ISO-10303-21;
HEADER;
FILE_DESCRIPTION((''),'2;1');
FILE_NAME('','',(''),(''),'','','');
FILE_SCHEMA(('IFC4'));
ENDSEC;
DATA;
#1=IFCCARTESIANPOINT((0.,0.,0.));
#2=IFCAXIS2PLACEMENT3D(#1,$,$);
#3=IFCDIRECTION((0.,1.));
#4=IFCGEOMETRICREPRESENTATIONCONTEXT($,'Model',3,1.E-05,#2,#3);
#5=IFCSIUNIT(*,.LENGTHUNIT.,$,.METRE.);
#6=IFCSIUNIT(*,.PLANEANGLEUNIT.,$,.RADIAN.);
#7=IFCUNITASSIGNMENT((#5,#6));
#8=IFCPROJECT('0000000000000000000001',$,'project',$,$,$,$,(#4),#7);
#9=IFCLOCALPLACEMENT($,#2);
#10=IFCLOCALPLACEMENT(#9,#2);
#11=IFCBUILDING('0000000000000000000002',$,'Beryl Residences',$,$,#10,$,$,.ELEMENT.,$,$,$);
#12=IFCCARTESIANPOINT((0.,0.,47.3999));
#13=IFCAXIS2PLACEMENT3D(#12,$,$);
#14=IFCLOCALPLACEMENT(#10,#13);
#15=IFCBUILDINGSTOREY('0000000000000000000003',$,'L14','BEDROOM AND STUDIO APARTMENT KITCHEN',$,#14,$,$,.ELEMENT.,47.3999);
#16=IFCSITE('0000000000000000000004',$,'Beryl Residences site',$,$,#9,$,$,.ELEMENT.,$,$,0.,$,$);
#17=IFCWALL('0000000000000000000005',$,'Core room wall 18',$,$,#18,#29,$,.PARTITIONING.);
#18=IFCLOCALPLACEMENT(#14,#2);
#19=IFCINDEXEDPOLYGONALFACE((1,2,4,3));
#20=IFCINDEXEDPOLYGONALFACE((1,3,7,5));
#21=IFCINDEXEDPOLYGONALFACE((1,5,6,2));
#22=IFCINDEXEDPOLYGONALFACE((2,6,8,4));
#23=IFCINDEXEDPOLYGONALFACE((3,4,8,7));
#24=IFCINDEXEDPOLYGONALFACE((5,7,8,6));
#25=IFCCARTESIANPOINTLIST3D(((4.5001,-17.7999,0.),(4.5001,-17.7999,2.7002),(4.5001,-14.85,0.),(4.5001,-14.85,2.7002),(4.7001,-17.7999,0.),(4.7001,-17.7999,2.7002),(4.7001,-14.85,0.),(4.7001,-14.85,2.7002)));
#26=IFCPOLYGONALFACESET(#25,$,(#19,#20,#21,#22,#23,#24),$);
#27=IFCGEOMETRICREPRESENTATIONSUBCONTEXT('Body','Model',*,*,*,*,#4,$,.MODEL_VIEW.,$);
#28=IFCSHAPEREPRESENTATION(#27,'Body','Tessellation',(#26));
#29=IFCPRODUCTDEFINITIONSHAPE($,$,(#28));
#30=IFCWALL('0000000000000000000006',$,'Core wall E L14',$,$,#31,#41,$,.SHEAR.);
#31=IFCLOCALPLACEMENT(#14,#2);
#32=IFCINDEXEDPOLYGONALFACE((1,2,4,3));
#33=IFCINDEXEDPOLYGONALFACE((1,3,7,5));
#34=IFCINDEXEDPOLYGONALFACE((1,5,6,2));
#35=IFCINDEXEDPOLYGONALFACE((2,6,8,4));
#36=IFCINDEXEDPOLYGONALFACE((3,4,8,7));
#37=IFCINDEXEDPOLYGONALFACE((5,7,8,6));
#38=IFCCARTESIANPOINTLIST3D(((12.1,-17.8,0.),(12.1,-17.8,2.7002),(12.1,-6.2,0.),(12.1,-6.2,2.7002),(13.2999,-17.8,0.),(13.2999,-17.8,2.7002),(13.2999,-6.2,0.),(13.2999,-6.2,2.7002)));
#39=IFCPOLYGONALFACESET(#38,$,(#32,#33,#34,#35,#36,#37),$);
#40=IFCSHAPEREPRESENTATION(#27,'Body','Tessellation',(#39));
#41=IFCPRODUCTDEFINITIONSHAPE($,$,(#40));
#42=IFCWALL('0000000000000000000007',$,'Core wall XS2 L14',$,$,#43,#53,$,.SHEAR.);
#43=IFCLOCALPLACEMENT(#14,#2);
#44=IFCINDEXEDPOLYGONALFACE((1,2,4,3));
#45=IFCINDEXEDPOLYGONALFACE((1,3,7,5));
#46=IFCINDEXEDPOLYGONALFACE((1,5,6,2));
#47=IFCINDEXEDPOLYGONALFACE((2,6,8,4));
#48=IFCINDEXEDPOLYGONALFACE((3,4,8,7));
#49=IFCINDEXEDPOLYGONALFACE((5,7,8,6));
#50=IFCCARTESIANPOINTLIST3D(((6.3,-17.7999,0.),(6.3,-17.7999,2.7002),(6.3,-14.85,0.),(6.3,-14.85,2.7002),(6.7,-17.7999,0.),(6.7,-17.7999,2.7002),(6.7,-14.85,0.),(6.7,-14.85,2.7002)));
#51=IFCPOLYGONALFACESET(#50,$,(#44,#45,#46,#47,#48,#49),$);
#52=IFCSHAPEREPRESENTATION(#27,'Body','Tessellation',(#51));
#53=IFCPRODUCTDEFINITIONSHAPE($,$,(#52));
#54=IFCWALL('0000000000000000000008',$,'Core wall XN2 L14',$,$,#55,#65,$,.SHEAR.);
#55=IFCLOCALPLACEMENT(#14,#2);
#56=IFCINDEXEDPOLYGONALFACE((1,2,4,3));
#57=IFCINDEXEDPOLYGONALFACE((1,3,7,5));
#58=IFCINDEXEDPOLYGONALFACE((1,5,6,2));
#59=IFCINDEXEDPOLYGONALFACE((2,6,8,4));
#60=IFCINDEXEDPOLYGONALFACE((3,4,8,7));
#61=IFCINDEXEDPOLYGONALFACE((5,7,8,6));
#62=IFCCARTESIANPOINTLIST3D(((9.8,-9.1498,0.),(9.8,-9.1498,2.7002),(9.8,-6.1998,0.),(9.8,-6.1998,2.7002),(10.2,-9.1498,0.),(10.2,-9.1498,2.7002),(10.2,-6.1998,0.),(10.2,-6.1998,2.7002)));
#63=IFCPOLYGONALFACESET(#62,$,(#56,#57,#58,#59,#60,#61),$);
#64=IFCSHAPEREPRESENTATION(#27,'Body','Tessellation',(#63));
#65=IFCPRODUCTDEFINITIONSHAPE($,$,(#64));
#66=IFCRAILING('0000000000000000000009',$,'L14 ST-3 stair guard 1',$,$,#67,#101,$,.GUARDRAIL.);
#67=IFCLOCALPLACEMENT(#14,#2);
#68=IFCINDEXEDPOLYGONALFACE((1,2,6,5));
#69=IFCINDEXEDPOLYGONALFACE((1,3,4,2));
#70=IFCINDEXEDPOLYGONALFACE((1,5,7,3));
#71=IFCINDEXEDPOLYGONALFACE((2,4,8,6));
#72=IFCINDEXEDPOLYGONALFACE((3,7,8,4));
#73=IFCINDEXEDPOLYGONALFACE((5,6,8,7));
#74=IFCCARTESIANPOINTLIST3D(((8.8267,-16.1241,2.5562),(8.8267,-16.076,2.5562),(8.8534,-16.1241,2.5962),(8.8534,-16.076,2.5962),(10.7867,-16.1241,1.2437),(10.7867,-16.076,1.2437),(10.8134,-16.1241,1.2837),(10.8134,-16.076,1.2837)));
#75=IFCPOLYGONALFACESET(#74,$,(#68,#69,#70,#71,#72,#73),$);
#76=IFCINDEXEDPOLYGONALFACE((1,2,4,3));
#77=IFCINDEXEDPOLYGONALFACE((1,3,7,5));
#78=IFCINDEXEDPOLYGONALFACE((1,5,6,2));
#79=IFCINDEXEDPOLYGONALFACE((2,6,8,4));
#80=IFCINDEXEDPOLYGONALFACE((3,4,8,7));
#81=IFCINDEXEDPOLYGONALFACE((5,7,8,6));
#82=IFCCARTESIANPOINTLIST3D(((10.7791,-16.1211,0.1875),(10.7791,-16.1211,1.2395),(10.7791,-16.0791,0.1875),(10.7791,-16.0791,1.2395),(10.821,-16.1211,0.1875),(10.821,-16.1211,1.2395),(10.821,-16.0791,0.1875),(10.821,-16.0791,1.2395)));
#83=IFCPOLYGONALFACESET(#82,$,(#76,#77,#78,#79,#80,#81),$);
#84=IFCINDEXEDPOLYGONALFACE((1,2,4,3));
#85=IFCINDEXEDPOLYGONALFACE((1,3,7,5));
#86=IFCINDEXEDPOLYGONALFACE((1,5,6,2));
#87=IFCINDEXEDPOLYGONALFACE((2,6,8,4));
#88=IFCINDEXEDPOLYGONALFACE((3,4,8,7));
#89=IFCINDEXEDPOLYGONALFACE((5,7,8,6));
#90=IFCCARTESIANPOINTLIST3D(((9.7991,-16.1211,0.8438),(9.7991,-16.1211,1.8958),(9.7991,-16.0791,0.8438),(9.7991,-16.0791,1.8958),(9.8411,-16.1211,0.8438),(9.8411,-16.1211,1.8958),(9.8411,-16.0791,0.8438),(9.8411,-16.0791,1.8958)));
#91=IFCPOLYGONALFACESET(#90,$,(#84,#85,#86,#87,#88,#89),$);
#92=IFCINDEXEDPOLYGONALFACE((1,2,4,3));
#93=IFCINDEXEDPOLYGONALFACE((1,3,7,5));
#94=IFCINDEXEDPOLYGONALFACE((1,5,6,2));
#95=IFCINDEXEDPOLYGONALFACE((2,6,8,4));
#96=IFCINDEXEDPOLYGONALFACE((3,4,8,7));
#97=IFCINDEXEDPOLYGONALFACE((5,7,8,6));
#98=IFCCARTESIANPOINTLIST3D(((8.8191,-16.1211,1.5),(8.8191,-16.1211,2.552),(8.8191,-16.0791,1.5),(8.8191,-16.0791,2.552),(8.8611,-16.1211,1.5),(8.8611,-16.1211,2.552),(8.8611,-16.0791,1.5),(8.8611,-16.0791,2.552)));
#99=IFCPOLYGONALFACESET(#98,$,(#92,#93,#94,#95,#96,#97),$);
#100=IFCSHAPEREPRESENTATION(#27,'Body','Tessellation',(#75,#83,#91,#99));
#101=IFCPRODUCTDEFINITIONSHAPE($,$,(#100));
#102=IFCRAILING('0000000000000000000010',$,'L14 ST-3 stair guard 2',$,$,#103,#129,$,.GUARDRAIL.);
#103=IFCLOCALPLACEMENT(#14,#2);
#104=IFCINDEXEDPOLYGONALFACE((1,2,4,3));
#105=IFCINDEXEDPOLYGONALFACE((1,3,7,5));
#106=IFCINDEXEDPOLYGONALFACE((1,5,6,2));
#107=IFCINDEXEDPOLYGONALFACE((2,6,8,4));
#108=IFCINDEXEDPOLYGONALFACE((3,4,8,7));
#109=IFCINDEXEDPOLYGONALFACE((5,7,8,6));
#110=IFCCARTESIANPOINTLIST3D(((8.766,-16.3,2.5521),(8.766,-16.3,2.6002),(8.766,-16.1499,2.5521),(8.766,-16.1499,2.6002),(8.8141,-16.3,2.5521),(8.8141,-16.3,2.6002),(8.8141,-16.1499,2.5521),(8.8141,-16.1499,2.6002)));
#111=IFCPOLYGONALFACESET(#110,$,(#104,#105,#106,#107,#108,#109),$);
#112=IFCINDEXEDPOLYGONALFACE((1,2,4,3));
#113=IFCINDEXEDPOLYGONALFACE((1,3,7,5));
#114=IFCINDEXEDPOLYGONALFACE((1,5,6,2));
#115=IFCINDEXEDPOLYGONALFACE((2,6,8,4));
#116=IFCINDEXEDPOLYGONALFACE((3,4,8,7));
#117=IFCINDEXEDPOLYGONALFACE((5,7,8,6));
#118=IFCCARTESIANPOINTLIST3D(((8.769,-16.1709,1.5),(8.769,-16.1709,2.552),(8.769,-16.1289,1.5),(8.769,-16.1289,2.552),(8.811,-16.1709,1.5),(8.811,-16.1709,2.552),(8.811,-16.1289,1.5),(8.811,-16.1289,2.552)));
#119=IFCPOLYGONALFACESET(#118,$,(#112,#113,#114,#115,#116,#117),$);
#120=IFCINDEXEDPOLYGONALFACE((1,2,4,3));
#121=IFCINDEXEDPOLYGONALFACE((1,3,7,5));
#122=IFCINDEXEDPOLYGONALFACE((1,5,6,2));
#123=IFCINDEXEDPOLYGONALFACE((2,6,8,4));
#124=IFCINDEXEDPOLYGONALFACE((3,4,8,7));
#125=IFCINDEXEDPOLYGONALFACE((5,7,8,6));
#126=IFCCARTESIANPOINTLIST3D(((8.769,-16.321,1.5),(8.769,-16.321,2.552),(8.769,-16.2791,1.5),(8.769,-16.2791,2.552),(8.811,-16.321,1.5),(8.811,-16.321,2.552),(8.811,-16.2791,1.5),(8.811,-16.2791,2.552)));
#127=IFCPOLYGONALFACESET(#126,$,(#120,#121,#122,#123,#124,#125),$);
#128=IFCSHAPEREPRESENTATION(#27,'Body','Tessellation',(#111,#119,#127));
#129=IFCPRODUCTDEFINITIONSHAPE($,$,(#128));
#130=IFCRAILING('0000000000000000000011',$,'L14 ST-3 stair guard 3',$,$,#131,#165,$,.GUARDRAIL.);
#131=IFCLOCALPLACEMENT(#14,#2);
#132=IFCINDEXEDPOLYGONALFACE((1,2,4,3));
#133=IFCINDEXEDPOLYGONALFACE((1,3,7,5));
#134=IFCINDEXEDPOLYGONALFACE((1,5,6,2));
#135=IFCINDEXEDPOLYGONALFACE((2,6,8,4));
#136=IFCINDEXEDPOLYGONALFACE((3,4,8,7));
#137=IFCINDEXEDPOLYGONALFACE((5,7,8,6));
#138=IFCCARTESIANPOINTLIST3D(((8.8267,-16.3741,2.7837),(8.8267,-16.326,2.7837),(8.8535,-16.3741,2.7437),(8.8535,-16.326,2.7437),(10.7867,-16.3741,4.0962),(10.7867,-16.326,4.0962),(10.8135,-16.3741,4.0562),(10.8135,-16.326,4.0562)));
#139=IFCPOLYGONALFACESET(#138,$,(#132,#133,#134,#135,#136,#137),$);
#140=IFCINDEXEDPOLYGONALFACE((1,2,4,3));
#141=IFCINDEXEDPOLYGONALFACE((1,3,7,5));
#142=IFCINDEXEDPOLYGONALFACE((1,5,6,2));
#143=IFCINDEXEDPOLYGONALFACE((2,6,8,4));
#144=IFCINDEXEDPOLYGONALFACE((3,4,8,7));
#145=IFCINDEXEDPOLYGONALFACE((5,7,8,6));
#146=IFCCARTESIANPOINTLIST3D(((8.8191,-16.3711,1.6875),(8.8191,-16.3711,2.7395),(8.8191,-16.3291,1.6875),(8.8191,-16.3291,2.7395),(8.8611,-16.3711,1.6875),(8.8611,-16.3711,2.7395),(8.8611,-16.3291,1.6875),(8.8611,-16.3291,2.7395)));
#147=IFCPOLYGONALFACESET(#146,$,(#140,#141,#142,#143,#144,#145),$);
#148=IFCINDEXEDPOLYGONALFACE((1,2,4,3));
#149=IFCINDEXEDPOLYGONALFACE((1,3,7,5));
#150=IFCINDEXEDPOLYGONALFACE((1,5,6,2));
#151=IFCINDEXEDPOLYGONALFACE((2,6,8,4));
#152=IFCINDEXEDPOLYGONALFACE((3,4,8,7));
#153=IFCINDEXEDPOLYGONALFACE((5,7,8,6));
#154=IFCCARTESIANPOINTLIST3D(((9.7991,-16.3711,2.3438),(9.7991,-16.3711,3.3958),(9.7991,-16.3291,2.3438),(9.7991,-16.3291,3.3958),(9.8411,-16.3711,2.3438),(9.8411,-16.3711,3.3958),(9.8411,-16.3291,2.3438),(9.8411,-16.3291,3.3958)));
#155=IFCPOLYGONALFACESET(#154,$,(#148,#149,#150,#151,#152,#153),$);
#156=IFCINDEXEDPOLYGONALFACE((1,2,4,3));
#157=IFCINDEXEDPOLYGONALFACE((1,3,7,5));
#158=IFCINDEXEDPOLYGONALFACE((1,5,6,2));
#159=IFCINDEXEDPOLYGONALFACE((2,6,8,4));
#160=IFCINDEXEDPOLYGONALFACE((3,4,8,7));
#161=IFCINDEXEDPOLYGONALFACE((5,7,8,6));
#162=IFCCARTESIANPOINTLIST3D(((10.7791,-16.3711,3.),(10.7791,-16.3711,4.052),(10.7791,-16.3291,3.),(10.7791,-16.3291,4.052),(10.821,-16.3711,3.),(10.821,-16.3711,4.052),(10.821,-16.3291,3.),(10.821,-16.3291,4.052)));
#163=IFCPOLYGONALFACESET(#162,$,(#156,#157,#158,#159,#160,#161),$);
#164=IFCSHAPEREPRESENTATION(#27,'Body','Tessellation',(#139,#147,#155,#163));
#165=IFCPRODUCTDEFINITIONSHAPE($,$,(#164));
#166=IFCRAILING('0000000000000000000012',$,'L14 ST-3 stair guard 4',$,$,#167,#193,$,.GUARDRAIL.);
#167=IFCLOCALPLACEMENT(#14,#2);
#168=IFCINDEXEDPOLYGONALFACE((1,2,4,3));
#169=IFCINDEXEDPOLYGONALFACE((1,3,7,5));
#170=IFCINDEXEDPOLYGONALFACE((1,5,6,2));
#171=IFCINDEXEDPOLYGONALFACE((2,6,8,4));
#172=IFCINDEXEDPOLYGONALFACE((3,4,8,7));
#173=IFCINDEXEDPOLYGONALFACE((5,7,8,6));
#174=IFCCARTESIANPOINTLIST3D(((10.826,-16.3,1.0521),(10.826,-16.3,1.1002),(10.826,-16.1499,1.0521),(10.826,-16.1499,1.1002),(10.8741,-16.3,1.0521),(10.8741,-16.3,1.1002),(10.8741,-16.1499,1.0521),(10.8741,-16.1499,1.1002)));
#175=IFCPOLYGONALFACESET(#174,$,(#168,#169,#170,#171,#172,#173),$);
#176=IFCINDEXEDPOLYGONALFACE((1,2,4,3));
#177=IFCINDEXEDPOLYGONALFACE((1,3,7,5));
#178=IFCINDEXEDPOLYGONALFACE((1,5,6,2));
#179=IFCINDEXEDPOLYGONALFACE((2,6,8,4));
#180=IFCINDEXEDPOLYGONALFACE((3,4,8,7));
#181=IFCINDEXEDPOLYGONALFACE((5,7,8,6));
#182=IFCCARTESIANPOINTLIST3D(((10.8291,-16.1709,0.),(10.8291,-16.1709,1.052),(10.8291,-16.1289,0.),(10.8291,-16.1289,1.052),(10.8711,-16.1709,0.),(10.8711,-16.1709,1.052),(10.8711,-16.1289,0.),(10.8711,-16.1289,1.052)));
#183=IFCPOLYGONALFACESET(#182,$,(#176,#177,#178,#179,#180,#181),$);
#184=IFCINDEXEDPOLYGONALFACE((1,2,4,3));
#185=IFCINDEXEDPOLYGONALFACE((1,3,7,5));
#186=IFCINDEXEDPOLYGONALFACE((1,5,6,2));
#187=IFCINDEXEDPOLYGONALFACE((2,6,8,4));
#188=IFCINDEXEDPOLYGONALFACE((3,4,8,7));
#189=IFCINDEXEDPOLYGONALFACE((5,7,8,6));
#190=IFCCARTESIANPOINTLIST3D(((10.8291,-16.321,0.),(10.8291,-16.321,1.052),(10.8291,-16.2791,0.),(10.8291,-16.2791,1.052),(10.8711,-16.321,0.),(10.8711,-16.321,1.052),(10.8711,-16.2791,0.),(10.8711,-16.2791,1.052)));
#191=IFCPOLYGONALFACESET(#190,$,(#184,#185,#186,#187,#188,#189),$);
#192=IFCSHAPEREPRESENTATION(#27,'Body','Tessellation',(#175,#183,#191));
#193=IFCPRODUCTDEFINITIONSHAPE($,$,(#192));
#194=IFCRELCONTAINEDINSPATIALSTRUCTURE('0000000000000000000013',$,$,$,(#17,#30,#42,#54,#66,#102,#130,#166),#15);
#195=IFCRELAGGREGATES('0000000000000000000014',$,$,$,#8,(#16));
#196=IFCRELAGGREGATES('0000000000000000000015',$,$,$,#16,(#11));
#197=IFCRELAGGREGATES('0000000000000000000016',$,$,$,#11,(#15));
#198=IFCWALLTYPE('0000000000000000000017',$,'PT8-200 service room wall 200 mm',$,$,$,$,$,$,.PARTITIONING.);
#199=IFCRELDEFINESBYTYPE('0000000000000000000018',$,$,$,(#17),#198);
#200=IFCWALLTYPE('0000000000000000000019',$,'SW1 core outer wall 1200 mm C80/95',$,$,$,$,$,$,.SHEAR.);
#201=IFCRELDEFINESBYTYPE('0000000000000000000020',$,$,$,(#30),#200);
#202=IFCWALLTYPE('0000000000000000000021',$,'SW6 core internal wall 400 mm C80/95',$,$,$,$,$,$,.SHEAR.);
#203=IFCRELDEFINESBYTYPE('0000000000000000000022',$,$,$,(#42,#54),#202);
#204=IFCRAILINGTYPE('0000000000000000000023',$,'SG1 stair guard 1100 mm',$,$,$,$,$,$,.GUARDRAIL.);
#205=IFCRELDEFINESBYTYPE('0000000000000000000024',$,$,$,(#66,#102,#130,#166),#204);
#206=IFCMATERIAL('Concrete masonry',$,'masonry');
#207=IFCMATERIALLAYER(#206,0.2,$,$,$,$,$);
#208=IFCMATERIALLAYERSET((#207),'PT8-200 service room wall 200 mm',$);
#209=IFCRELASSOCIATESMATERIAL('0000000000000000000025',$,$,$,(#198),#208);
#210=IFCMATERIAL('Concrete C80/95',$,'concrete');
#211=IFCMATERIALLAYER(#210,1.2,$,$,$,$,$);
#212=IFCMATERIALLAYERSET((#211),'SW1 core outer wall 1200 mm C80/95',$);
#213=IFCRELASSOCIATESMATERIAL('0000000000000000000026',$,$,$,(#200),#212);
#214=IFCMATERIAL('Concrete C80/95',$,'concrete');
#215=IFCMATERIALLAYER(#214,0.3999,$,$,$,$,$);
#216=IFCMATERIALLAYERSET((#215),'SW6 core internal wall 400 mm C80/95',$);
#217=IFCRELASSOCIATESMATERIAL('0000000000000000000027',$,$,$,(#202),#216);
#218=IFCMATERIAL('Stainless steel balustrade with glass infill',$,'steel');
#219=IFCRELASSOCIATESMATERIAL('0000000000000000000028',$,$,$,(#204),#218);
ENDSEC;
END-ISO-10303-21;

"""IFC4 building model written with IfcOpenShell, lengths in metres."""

from ifc_helpers import new_model, si_unit, direction, frame, frame_2d, origin, origin_2d, place, context, subcontext, project, spatial, rectangle, extrude, material, layer, layer_set, type_object, element, save


model = new_model("IFC4")

# Units and contexts
model_context = context("Model", 3, precision=1e-05, world=origin(), true_north=direction((0.0, 1.0)))
body_context = subcontext(model_context, "Body", "Model", "MODEL_VIEW")
ifc_project = project(units=[si_unit("LENGTHUNIT", "METRE"), si_unit("PLANEANGLEUNIT", "RADIAN")], contexts=[model_context])

# Site, building, storey
site_placement = place(None, origin())
site = spatial("IfcSite", under=ifc_project, at=site_placement, Name="Beryl Residences site", CompositionType="ELEMENT", RefElevation=0.0)
building_placement = place(site_placement, origin())
building = spatial("IfcBuilding", under=site, at=building_placement, Name="Beryl Residences", CompositionType="ELEMENT")
storey_placement = place(building_placement, frame((0.0, 0.0, 47.3999)))
storey = spatial("IfcBuildingStorey", under=building, at=storey_placement, Name="L14", Description="BEDROOM AND STUDIO APARTMENT KITCHEN", CompositionType="ELEMENT", Elevation=47.3999)

# Walls
ifc_material_1 = material(Name="Concrete masonry", Category="masonry")
ifc_layer_1 = layer(ifc_material_1, 0.2)
ifc_layer_set_1 = layer_set([ifc_layer_1], Name="PT8-200 service room wall 200 mm")
wall_type_1 = type_object("IfcWallType", Name="PT8-200 service room wall 200 mm", PredefinedType="PARTITIONING", material=ifc_layer_set_1)
wall_1_placement = place(storey_placement, frame((4.6001, -17.8, 0.0), z_axis=(0.0, 0.0, 1.0), x_axis=(0.0, 1.0, 0.0)))
element("IfcWall", 1, at=wall_1_placement, inside=storey, type_object=wall_type_1, Name="Core room wall 18", PredefinedType="PARTITIONING", context=body_context, shape_type="SweptSolid", body=[
    extrude(rectangle(XDim=2.95, YDim=0.2, at=frame_2d((1.4751, 0.0))), origin(), (0.0, 0.0, 1.0), 2.7002),
])
ifc_material_2 = material(Name="Concrete C80/95", Category="concrete")
ifc_layer_2 = layer(ifc_material_2, 1.2)
ifc_layer_set_2 = layer_set([ifc_layer_2], Name="SW1 core outer wall 1200 mm C80/95")
wall_type_2 = type_object("IfcWallType", Name="SW1 core outer wall 1200 mm C80/95", PredefinedType="SHEAR", material=ifc_layer_set_2)
wall_2_placement = place(storey_placement, frame((12.7, -17.8, 0.0), z_axis=(0.0, 0.0, 1.0), x_axis=(0.0, 1.0, 0.0)))
element("IfcWall", 2, at=wall_2_placement, inside=storey, type_object=wall_type_2, Name="Core wall E L14", PredefinedType="SHEAR", context=body_context, shape_type="SweptSolid", body=[
    extrude(rectangle(XDim=11.6001, YDim=1.2, at=frame_2d((5.8, 0.0))), origin(), (0.0, 0.0, 1.0), 2.7002),
])
ifc_material_3 = material(Name="Concrete C80/95", Category="concrete")
ifc_layer_3 = layer(ifc_material_3, 0.3999)
ifc_layer_set_3 = layer_set([ifc_layer_3], Name="SW6 core internal wall 400 mm C80/95")
wall_type_3 = type_object("IfcWallType", Name="SW6 core internal wall 400 mm C80/95", PredefinedType="SHEAR", material=ifc_layer_set_3)
for number, where, z_axis, x_axis, name in (
    (3, (6.5, -17.8, 0.0), (0.0, 0.0, 1.0), (0.0, 1.0, 0.0), "Core wall XS2 L14"),
    (4, (10.0, -9.1499, 0.0), (0.0, 0.0, 1.0), (0.0, 1.0, 0.0), "Core wall XN2 L14"),
):
    element("IfcWall", number, at=place(storey_placement, frame(where, z_axis=z_axis, x_axis=x_axis)), inside=storey, type_object=wall_type_3, Name=name, PredefinedType="SHEAR", context=body_context, shape_type="SweptSolid", body=[
        extrude(rectangle(XDim=2.95, YDim=0.3999, at=frame_2d((1.4751, 0.0))), origin(), (0.0, 0.0, 1.0), 2.7002),
    ])

# Railings
ifc_material_4 = material(Name="Stainless steel balustrade with glass infill", Category="steel")
railing_type_1 = type_object("IfcRailingType", Name="SG1 stair guard 1100 mm", PredefinedType="GUARDRAIL", material=ifc_material_4)
railing_1_placement = place(storey_placement, frame((10.8, -16.1001, 0.1875)))
element("IfcRailing", 5, at=railing_1_placement, inside=storey, type_object=railing_type_1, Name="L14 ST-3 stair guard 1", PredefinedType="GUARDRAIL", context=body_context, shape_type="SweptSolid", body=[
    extrude(rectangle(XDim=0.0481, YDim=0.0481, at=origin_2d()), frame((0.0, 0.0, 1.0762), z_axis=(-0.830902, 0.0, 0.556419), x_axis=(0.0, -1.0, 0.0)), (0.0, 0.0, 1.0), 2.3589),
    extrude(rectangle(XDim=0.042, YDim=0.042, at=origin_2d()), origin(), (0.0, 0.0, 1.0), 1.052),
    extrude(rectangle(XDim=0.042, YDim=0.042, at=origin_2d()), frame((-0.98, 0.0, 0.6562)), (0.0, 0.0, 1.0), 1.052),
    extrude(rectangle(XDim=0.042, YDim=0.042, at=origin_2d()), frame((-1.96, 0.0, 1.3125)), (0.0, 0.0, 1.0), 1.052),
])
railing_2_placement = place(storey_placement, frame((8.79, -16.1499, 1.5)))
element("IfcRailing", 6, at=railing_2_placement, inside=storey, type_object=railing_type_1, Name="L14 ST-3 stair guard 2", PredefinedType="GUARDRAIL", context=body_context, shape_type="SweptSolid", body=[
    extrude(rectangle(XDim=0.0481, YDim=0.0481, at=origin_2d()), frame((0.0, 0.0, 1.0762), z_axis=(0.0, -1.0, 0.0), x_axis=(1.0, 0.0, 0.0)), (0.0, 0.0, 1.0), 0.1501),
    extrude(rectangle(XDim=0.042, YDim=0.042, at=origin_2d()), origin(), (0.0, 0.0, 1.0), 1.052),
    extrude(rectangle(XDim=0.042, YDim=0.042, at=origin_2d()), frame((0.0, -0.1501, 0.0)), (0.0, 0.0, 1.0), 1.052),
])
railing_3_placement = place(storey_placement, frame((8.8401, -16.3501, 1.6875)))
element("IfcRailing", 7, at=railing_3_placement, inside=storey, type_object=railing_type_1, Name="L14 ST-3 stair guard 3", PredefinedType="GUARDRAIL", context=body_context, shape_type="SweptSolid", body=[
    extrude(rectangle(XDim=0.0481, YDim=0.0481, at=origin_2d()), frame((0.0, 0.0, 1.0762), z_axis=(0.830902, 0.0, 0.556419), x_axis=(0.0, 1.0, 0.0)), (0.0, 0.0, 1.0), 2.3589),
    extrude(rectangle(XDim=0.042, YDim=0.042, at=origin_2d()), origin(), (0.0, 0.0, 1.0), 1.052),
    extrude(rectangle(XDim=0.042, YDim=0.042, at=origin_2d()), frame((0.98, 0.0, 0.6562)), (0.0, 0.0, 1.0), 1.052),
    extrude(rectangle(XDim=0.042, YDim=0.042, at=origin_2d()), frame((1.96, 0.0, 1.3125)), (0.0, 0.0, 1.0), 1.052),
])
railing_4_placement = place(storey_placement, frame((10.8501, -16.1499, 0.0)))
element("IfcRailing", 8, at=railing_4_placement, inside=storey, type_object=railing_type_1, Name="L14 ST-3 stair guard 4", PredefinedType="GUARDRAIL", context=body_context, shape_type="SweptSolid", body=[
    extrude(rectangle(XDim=0.0481, YDim=0.0481, at=origin_2d()), frame((0.0, 0.0, 1.0762), z_axis=(0.0, -1.0, 0.0), x_axis=(1.0, 0.0, 0.0)), (0.0, 0.0, 1.0), 0.1501),
    extrude(rectangle(XDim=0.042, YDim=0.042, at=origin_2d()), origin(), (0.0, 0.0, 1.0), 1.052),
    extrude(rectangle(XDim=0.042, YDim=0.042, at=origin_2d()), frame((0.0, -0.1501, 0.0)), (0.0, 0.0, 1.0), 1.052),
])

save(model, "model.ifc")
